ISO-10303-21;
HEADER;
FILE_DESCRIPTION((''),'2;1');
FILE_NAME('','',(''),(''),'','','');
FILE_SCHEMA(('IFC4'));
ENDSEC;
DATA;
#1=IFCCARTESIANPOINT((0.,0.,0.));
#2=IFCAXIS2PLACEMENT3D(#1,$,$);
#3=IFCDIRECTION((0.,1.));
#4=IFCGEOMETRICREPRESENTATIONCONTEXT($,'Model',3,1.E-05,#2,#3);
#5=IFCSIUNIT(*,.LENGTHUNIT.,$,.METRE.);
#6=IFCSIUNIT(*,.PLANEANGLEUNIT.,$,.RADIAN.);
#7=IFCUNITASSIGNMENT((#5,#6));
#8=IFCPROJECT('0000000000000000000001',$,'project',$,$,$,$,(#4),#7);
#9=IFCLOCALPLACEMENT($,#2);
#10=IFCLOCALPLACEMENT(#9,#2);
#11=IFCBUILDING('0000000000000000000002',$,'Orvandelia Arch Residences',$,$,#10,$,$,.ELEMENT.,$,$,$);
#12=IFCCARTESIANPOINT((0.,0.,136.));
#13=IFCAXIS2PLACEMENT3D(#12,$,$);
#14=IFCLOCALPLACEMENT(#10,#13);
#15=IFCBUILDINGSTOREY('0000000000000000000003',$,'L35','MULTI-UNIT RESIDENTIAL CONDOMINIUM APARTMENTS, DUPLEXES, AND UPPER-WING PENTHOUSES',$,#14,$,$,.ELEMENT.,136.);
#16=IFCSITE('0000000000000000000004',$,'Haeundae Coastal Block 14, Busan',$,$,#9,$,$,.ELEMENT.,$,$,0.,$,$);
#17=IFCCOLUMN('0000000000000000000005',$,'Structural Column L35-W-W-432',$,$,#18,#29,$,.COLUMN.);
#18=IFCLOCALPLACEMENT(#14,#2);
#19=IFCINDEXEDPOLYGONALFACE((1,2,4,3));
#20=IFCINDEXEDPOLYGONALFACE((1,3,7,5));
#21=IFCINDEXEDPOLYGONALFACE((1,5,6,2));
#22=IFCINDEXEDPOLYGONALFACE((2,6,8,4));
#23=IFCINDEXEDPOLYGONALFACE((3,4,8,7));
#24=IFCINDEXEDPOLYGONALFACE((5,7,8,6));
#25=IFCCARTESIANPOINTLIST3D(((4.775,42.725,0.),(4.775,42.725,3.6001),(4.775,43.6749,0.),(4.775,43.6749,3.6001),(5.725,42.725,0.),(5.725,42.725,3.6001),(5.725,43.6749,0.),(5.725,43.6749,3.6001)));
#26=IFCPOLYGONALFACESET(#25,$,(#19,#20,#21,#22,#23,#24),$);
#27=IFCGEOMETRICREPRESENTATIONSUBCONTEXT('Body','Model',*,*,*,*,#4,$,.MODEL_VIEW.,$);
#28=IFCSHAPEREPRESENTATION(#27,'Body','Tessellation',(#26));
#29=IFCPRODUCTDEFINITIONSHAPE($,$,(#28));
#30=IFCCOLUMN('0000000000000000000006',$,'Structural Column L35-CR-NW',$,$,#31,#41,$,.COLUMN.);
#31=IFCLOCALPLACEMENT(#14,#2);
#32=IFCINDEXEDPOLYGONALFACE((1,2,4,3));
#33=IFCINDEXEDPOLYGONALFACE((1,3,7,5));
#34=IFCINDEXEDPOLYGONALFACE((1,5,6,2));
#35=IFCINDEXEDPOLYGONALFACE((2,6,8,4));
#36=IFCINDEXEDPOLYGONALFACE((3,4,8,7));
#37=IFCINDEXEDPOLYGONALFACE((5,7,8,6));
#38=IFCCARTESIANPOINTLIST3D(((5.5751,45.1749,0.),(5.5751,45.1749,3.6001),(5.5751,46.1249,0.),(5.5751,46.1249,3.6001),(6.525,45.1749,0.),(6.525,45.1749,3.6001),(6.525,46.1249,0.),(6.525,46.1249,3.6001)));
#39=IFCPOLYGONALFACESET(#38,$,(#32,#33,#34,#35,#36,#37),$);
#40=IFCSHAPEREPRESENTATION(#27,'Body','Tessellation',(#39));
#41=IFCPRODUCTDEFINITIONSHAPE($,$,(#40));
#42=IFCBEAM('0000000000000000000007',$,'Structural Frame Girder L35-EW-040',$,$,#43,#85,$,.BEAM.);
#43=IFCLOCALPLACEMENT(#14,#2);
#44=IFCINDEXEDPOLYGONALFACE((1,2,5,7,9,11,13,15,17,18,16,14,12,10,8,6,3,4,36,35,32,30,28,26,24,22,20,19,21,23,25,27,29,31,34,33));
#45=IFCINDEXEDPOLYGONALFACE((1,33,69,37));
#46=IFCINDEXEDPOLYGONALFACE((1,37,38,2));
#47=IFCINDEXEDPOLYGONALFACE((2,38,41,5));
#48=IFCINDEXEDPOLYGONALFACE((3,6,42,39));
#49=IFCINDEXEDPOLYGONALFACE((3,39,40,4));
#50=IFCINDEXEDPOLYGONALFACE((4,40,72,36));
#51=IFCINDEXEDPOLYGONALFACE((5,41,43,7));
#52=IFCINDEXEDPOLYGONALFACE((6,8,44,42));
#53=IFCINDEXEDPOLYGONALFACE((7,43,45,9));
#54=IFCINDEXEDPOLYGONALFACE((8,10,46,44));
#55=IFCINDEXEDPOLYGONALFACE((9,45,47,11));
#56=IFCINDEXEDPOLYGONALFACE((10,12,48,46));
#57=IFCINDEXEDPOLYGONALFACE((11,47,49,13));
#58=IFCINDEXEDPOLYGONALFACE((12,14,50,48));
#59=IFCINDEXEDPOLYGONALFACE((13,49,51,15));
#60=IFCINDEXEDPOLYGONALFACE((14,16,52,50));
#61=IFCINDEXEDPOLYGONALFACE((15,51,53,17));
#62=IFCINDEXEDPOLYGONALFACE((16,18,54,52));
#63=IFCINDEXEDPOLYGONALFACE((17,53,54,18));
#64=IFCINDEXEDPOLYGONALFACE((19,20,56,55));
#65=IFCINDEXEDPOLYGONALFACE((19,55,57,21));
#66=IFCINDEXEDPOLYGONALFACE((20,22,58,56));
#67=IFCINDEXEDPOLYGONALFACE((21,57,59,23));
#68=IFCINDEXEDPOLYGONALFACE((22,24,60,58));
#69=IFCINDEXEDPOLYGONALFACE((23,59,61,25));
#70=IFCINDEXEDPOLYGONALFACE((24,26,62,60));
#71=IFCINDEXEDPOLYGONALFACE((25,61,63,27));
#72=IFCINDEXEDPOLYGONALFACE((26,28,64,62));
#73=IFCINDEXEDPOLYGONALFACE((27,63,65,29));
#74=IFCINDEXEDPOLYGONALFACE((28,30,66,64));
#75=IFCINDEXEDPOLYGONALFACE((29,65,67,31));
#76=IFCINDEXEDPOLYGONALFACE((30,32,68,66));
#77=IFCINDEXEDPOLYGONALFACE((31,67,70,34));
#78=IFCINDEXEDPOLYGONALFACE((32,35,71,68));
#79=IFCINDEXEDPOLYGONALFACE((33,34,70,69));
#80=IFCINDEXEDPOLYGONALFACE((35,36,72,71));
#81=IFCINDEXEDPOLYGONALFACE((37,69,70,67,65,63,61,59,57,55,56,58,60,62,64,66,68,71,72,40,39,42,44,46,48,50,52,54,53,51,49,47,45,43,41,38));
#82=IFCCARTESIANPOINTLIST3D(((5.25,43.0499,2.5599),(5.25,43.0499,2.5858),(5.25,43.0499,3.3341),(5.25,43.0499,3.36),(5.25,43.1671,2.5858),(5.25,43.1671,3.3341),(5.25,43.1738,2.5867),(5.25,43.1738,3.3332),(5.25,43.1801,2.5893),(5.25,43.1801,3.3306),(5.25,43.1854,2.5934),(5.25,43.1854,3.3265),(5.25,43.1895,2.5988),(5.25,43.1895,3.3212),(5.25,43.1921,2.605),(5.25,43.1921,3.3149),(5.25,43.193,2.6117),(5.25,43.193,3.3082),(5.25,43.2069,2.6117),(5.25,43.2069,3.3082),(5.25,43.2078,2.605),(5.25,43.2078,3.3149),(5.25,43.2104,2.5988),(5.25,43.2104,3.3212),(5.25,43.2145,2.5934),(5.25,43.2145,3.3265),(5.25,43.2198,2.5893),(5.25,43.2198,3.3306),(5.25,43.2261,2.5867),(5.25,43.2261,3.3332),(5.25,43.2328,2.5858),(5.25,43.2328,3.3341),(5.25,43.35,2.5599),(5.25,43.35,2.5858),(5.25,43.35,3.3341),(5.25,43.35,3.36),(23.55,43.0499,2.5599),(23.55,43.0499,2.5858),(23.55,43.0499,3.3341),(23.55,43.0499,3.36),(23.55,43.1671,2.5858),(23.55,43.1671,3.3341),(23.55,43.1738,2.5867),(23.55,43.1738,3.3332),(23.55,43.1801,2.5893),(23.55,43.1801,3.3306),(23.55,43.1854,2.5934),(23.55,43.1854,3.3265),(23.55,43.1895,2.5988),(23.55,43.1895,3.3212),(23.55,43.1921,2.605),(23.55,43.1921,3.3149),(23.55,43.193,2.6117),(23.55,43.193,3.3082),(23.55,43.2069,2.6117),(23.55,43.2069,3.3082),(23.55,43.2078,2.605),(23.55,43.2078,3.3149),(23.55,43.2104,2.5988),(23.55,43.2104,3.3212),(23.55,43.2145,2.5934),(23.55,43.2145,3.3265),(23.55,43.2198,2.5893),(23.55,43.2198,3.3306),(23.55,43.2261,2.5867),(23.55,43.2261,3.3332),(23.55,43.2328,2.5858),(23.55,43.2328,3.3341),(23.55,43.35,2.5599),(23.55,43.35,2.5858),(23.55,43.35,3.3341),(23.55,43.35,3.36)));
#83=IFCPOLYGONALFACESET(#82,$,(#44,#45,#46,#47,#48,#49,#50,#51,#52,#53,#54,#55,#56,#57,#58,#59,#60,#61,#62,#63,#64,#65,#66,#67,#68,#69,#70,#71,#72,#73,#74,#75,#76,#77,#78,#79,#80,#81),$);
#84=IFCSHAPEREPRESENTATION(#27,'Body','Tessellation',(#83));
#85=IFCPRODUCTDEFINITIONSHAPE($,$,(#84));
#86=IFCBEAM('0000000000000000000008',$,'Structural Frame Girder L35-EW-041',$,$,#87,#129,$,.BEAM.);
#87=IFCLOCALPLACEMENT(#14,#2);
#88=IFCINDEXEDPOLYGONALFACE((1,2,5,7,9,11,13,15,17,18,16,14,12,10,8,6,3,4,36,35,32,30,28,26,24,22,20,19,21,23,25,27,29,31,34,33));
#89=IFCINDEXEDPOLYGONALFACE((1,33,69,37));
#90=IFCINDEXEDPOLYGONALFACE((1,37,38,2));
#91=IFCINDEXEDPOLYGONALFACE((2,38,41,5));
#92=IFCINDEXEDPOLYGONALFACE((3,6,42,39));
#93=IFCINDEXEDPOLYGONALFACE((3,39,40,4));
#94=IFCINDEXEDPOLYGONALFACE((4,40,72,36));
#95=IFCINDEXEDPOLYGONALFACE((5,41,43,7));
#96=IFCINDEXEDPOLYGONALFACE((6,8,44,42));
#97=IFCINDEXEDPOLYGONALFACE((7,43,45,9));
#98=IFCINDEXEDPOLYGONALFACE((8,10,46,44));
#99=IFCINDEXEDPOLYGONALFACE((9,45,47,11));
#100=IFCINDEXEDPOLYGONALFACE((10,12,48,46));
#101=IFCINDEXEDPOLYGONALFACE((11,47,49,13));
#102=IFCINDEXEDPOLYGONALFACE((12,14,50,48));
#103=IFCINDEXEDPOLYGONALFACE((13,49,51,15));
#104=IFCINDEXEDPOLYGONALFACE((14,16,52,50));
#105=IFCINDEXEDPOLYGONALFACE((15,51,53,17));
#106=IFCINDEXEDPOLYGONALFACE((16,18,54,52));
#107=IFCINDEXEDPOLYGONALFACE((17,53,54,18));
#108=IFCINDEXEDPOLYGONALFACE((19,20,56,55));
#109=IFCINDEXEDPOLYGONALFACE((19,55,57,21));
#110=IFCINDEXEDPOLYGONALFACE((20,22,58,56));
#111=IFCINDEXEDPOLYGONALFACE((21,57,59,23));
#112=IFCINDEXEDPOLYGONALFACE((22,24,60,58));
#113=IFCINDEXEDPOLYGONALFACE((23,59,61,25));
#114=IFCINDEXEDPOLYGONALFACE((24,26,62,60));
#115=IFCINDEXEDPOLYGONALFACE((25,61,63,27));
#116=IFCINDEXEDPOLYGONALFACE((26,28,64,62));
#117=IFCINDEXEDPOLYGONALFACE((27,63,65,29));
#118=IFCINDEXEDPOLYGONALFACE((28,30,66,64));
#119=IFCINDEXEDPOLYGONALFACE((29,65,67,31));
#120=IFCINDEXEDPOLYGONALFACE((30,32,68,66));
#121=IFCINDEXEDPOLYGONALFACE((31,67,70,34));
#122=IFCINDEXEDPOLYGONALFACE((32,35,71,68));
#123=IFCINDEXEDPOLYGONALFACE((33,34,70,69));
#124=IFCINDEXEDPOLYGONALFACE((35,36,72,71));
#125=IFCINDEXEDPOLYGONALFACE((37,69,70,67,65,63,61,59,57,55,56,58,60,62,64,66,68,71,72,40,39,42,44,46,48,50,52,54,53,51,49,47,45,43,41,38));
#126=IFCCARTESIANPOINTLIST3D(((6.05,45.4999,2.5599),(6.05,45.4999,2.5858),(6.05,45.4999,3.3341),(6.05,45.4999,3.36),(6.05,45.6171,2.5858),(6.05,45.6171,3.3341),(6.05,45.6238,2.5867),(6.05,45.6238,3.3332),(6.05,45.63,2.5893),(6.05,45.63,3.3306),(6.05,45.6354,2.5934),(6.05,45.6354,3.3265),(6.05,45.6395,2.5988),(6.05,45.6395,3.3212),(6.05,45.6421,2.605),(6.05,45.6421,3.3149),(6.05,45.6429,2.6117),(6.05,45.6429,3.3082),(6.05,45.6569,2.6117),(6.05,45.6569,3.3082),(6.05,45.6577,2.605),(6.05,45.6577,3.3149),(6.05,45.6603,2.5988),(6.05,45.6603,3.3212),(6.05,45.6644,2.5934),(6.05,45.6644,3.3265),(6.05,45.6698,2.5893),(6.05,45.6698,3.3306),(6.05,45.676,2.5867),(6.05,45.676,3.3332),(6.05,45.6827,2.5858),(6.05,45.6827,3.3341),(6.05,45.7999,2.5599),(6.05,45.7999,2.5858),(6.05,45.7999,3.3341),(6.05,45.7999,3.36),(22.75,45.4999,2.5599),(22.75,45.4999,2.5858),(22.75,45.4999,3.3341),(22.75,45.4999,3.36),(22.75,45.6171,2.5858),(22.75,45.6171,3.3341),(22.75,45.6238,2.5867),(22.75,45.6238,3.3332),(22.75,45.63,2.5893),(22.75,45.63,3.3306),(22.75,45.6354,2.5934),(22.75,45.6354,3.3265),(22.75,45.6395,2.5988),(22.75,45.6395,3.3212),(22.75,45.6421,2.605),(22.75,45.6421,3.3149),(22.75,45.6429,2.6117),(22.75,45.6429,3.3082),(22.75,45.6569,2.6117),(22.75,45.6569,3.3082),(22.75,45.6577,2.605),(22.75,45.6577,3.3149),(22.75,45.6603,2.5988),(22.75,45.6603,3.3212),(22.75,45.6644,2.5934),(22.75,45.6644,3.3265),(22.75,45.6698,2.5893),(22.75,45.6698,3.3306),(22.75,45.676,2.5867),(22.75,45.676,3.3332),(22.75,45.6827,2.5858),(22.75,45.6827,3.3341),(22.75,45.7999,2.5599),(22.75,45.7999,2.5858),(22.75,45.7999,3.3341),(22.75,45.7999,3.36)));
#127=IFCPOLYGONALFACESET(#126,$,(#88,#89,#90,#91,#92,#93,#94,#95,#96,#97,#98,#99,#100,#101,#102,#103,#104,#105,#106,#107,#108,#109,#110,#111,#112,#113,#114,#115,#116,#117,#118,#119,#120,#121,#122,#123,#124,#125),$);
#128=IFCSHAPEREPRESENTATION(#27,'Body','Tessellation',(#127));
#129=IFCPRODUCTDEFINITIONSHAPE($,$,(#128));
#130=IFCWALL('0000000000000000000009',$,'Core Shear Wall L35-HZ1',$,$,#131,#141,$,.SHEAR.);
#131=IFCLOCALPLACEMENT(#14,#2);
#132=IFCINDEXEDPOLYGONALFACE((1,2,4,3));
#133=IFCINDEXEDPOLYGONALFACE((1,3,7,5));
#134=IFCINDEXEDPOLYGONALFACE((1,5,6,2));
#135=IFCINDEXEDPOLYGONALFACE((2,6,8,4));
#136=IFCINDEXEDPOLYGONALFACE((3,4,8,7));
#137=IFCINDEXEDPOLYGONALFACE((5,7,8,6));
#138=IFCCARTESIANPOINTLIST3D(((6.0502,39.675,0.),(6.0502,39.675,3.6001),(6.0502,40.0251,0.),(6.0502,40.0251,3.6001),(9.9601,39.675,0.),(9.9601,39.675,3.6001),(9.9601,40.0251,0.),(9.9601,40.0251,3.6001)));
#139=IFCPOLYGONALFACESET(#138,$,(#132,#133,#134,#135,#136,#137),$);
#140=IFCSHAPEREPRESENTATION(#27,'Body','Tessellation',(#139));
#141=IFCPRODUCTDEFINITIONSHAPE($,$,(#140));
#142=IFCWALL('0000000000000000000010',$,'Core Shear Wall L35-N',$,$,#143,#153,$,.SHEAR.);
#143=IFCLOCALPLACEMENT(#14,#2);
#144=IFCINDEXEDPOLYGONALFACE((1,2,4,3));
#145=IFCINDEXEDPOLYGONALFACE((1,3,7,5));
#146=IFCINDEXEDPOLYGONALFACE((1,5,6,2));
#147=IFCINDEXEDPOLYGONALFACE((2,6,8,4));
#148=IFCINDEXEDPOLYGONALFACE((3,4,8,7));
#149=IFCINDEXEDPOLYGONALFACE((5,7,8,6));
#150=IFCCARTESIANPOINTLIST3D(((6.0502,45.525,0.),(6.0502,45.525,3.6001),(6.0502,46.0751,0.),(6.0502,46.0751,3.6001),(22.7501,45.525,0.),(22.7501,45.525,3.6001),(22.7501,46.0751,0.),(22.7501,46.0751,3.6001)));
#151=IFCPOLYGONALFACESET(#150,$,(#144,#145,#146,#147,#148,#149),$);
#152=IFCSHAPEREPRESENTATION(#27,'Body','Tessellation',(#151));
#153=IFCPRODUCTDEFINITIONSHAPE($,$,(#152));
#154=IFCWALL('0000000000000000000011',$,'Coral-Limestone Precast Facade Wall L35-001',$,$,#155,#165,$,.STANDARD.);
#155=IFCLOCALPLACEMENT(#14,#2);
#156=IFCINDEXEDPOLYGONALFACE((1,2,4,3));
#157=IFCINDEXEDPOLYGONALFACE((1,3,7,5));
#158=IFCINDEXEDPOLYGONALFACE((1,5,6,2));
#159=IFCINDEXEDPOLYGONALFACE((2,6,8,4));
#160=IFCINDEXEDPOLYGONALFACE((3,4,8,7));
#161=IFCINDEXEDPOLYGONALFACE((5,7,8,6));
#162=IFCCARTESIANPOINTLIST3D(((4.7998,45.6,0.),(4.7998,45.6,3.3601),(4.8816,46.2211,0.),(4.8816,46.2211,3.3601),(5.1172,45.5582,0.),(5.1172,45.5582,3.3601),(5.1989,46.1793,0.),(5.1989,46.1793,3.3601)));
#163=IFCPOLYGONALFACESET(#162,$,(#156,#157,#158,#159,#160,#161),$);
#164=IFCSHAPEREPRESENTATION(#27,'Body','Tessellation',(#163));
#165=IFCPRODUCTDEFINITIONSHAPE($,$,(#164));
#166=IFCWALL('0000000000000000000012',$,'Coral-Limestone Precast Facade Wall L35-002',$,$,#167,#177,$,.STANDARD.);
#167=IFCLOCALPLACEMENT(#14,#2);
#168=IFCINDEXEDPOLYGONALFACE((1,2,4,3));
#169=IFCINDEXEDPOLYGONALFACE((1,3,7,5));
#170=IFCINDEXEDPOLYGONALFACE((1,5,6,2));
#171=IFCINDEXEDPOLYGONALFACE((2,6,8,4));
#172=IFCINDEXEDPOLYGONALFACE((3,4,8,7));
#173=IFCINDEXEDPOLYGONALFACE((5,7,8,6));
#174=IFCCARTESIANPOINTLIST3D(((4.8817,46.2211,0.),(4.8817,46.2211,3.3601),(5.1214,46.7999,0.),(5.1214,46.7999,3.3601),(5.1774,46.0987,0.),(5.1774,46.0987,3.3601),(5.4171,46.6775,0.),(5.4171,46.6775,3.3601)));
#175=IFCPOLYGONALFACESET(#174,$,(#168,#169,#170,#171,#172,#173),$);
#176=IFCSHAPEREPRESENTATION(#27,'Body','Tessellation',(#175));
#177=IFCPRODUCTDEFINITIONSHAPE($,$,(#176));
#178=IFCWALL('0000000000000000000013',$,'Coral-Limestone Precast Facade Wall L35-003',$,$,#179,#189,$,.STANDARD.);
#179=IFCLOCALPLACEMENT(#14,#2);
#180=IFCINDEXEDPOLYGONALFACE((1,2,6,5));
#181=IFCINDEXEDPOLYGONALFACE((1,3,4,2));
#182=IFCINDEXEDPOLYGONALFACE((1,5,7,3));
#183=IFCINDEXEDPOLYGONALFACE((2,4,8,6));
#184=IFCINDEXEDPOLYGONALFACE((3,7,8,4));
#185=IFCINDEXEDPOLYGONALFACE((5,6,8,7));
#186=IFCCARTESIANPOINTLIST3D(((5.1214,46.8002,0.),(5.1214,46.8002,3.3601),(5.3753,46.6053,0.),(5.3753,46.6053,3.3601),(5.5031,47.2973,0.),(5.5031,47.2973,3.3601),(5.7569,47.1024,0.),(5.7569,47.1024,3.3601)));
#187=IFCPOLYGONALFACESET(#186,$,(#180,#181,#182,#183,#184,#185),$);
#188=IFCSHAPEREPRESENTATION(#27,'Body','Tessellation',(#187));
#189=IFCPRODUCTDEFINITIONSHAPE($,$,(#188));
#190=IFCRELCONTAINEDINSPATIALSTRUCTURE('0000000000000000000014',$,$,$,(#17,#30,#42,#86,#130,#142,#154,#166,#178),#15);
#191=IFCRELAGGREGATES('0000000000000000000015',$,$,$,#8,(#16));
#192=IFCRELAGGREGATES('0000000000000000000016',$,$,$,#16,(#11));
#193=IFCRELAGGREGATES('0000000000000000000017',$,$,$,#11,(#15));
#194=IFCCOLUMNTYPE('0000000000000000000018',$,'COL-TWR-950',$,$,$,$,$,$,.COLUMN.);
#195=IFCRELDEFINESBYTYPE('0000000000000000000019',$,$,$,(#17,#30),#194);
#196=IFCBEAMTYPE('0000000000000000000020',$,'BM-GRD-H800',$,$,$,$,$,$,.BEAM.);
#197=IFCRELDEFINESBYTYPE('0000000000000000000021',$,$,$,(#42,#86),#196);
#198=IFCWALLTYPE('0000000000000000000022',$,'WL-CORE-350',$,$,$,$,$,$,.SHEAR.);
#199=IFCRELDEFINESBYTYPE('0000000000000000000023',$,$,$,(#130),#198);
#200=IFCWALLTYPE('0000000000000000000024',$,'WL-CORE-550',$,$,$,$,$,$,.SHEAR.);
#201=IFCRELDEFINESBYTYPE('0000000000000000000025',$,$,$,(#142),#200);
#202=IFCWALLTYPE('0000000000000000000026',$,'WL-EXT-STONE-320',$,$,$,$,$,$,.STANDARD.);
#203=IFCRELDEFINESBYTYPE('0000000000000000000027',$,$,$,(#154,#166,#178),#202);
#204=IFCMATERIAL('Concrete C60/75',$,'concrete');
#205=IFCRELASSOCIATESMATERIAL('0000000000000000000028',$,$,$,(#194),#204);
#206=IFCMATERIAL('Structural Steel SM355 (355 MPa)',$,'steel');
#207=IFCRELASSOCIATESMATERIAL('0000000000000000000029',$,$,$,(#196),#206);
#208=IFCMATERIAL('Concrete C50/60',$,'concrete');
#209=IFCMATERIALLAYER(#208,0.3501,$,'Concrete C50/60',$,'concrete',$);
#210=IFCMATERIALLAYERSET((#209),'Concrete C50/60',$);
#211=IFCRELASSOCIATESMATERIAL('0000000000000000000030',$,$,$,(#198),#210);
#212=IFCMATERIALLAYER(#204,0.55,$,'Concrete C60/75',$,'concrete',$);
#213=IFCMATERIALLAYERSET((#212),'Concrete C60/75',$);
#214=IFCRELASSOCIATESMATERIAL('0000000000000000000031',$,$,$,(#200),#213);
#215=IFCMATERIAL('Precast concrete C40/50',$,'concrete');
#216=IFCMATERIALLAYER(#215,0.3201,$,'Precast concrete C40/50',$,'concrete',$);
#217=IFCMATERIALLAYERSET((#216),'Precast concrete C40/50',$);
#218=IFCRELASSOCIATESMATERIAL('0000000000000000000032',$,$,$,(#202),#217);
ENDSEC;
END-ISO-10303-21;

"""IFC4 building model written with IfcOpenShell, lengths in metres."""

from ifc_helpers import new_model, si_unit, direction, frame, frame_2d, origin, origin_2d, place, context, subcontext, project, spatial, rectangle, i_section, extrude, material, layer, layer_set, material_profile, profile_set, type_object, element, save


model = new_model("IFC4")

# Units and contexts
model_context = context("Model", 3, precision=1e-05, world=origin(), true_north=direction((0.0, 1.0)))
body_context = subcontext(model_context, "Body", "Model", "MODEL_VIEW")
ifc_project = project(units=[si_unit("LENGTHUNIT", "METRE"), si_unit("PLANEANGLEUNIT", "RADIAN")], contexts=[model_context])

# Site, building, storey
site_placement = place(None, origin())
site = spatial("IfcSite", under=ifc_project, at=site_placement, Name="Haeundae Coastal Block 14, Busan", CompositionType="ELEMENT", RefElevation=0.0)
building_placement = place(site_placement, origin())
building = spatial("IfcBuilding", under=site, at=building_placement, Name="Orvandelia Arch Residences", CompositionType="ELEMENT")
storey_placement = place(building_placement, frame((0.0, 0.0, 136.0)))
storey = spatial("IfcBuildingStorey", under=building, at=storey_placement, Name="L35", Description="MULTI-UNIT RESIDENTIAL CONDOMINIUM APARTMENTS, DUPLEXES, AND UPPER-WING PENTHOUSES", CompositionType="ELEMENT", Elevation=136.0)

# Columns
ifc_material_1 = material(Name="Concrete C60/75", Category="concrete")
ifc_material_profile_1 = material_profile(ifc_material_1, rectangle(XDim=0.95, YDim=0.95, at=origin_2d()), Name="Concrete C60/75", Category="concrete")
ifc_profile_set_1 = profile_set([ifc_material_profile_1], Name="Concrete C60/75")
column_type = type_object("IfcColumnType", Name="COL-TWR-950", PredefinedType="COLUMN", material=ifc_profile_set_1)
for number, where, z_axis, x_axis, name in (
    (1, (5.25, 43.2, 0.0), (0.0, 0.0, 1.0), (1.0, 0.0, 0.0), "Structural Column L35-W-W-432"),
    (2, (6.05, 45.6499, 0.0), (0.0, 0.0, 1.0), (1.0, 0.0, 0.0), "Structural Column L35-CR-NW"),
):
    element("IfcColumn", number, at=place(storey_placement, frame(where, z_axis=z_axis, x_axis=x_axis)), inside=storey, type_object=column_type, Name=name, PredefinedType="COLUMN", context=body_context, shape_type="SweptSolid", body=[
        extrude(rectangle(XDim=0.95, YDim=0.95, at=origin_2d()), origin(), (0.0, 0.0, 1.0), 3.6001),
    ])

# Beams
ifc_material_2 = material(Name="Structural Steel SM355 (355 MPa)", Category="steel")
ifc_material_profile_2 = material_profile(ifc_material_2, i_section(OverallWidth=0.3, OverallDepth=0.8, WebThickness=0.0139, FlangeThickness=0.0259, FilletRadius=0.0259, at=origin_2d()), Name="Structural Steel SM355 (355 MPa)", Category="steel")
ifc_profile_set_2 = profile_set([ifc_material_profile_2], Name="Structural Steel SM355 (355 MPa)")
beam_type = type_object("IfcBeamType", Name="BM-GRD-H800", PredefinedType="BEAM", material=ifc_profile_set_2)
beam_1_placement = place(storey_placement, frame((5.25, 43.2, 2.96), z_axis=(1.0, 0.0, 0.0), x_axis=(0.0, 1.0, 0.0)))
element("IfcBeam", 3, at=beam_1_placement, inside=storey, type_object=beam_type, Name="Structural Frame Girder L35-EW-040", PredefinedType="BEAM", context=body_context, shape_type="SweptSolid", body=[
    extrude(i_section(OverallWidth=0.3, OverallDepth=0.8, WebThickness=0.0139, FlangeThickness=0.0259, FilletRadius=0.0259, at=origin_2d()), origin(), (0.0, 0.0, 1.0), 18.3),
])
beam_2_placement = place(storey_placement, frame((6.05, 45.6499, 2.96), z_axis=(1.0, 0.0, 0.0), x_axis=(0.0, 1.0, 0.0)))
element("IfcBeam", 4, at=beam_2_placement, inside=storey, type_object=beam_type, Name="Structural Frame Girder L35-EW-041", PredefinedType="BEAM", context=body_context, shape_type="SweptSolid", body=[
    extrude(i_section(OverallWidth=0.3, OverallDepth=0.8, WebThickness=0.0139, FlangeThickness=0.0259, FilletRadius=0.0259, at=origin_2d()), origin(), (0.0, 0.0, 1.0), 16.7),
])

# Walls
ifc_material_3 = material(Name="Concrete C50/60", Category="concrete")
ifc_layer_1 = layer(ifc_material_3, 0.3501, Name="Concrete C50/60", Category="concrete")
ifc_layer_set_1 = layer_set([ifc_layer_1], Name="Concrete C50/60")
wall_type_1 = type_object("IfcWallType", Name="WL-CORE-350", PredefinedType="SHEAR", material=ifc_layer_set_1)
wall_1_placement = place(storey_placement, frame((6.05, 39.8501, 0.0), z_axis=(0.0, 0.0, 1.0), x_axis=(1.0, 0.0, 0.0)))
element("IfcWall", 5, at=wall_1_placement, inside=storey, type_object=wall_type_1, Name="Core Shear Wall L35-HZ1", PredefinedType="SHEAR", context=body_context, shape_type="SweptSolid", body=[
    extrude(rectangle(XDim=3.9099, YDim=0.3501, at=frame_2d((1.9551, 0.0))), origin(), (0.0, 0.0, 1.0), 3.6001),
])
ifc_layer_2 = layer(ifc_material_1, 0.55, Name="Concrete C60/75", Category="concrete")
ifc_layer_set_2 = layer_set([ifc_layer_2], Name="Concrete C60/75")
wall_type_2 = type_object("IfcWallType", Name="WL-CORE-550", PredefinedType="SHEAR", material=ifc_layer_set_2)
wall_2_placement = place(storey_placement, frame((6.05, 45.8, 0.0), z_axis=(0.0, 0.0, 1.0), x_axis=(1.0, 0.0, 0.0)))
element("IfcWall", 6, at=wall_2_placement, inside=storey, type_object=wall_type_2, Name="Core Shear Wall L35-N", PredefinedType="SHEAR", context=body_context, shape_type="SweptSolid", body=[
    extrude(rectangle(XDim=16.7, YDim=0.55, at=frame_2d((8.3501, 0.0))), origin(), (0.0, 0.0, 1.0), 3.6001),
])
ifc_material_4 = material(Name="Precast concrete C40/50", Category="concrete")
ifc_layer_3 = layer(ifc_material_4, 0.3201, Name="Precast concrete C40/50", Category="concrete")
ifc_layer_set_3 = layer_set([ifc_layer_3], Name="Precast concrete C40/50")
wall_type_3 = type_object("IfcWallType", Name="WL-EXT-STONE-320", PredefinedType="STANDARD", material=ifc_layer_set_3)
for number, where, z_axis, x_axis, name in (
    (7, (4.9585, 45.5791, 0.0), (0.0, 0.0, 1.0), (0.130555, 0.991441, 0.0), "Coral-Limestone Precast Facade Wall L35-001"),
    (8, (5.0295, 46.1599, 0.0), (0.0, 0.0, 1.0), (0.38265, 0.923893, 0.0), "Coral-Limestone Precast Facade Wall L35-002"),
):
    element("IfcWall", number, at=place(storey_placement, frame(where, z_axis=z_axis, x_axis=x_axis)), inside=storey, type_object=wall_type_3, Name=name, PredefinedType="STANDARD", context=body_context, shape_type="SweptSolid", body=[
        extrude(rectangle(XDim=0.6265, YDim=0.3201, at=frame_2d((0.3132, 0.0))), origin(), (0.0, 0.0, 1.0), 3.3601),
    ])
wall_3_placement = place(storey_placement, frame((5.2483, 46.7026, 0.0), z_axis=(0.0, 0.0, 1.0), x_axis=(0.608939, 0.793217, 0.0)))
element("IfcWall", 9, at=wall_3_placement, inside=storey, type_object=wall_type_3, Name="Coral-Limestone Precast Facade Wall L35-003", PredefinedType="STANDARD", context=body_context, shape_type="SweptSolid", body=[
    extrude(rectangle(XDim=0.6267, YDim=0.3201, at=frame_2d((0.3135, 0.0))), origin(), (0.0, 0.0, 1.0), 3.3601),
])

save(model, "model.ifc")
